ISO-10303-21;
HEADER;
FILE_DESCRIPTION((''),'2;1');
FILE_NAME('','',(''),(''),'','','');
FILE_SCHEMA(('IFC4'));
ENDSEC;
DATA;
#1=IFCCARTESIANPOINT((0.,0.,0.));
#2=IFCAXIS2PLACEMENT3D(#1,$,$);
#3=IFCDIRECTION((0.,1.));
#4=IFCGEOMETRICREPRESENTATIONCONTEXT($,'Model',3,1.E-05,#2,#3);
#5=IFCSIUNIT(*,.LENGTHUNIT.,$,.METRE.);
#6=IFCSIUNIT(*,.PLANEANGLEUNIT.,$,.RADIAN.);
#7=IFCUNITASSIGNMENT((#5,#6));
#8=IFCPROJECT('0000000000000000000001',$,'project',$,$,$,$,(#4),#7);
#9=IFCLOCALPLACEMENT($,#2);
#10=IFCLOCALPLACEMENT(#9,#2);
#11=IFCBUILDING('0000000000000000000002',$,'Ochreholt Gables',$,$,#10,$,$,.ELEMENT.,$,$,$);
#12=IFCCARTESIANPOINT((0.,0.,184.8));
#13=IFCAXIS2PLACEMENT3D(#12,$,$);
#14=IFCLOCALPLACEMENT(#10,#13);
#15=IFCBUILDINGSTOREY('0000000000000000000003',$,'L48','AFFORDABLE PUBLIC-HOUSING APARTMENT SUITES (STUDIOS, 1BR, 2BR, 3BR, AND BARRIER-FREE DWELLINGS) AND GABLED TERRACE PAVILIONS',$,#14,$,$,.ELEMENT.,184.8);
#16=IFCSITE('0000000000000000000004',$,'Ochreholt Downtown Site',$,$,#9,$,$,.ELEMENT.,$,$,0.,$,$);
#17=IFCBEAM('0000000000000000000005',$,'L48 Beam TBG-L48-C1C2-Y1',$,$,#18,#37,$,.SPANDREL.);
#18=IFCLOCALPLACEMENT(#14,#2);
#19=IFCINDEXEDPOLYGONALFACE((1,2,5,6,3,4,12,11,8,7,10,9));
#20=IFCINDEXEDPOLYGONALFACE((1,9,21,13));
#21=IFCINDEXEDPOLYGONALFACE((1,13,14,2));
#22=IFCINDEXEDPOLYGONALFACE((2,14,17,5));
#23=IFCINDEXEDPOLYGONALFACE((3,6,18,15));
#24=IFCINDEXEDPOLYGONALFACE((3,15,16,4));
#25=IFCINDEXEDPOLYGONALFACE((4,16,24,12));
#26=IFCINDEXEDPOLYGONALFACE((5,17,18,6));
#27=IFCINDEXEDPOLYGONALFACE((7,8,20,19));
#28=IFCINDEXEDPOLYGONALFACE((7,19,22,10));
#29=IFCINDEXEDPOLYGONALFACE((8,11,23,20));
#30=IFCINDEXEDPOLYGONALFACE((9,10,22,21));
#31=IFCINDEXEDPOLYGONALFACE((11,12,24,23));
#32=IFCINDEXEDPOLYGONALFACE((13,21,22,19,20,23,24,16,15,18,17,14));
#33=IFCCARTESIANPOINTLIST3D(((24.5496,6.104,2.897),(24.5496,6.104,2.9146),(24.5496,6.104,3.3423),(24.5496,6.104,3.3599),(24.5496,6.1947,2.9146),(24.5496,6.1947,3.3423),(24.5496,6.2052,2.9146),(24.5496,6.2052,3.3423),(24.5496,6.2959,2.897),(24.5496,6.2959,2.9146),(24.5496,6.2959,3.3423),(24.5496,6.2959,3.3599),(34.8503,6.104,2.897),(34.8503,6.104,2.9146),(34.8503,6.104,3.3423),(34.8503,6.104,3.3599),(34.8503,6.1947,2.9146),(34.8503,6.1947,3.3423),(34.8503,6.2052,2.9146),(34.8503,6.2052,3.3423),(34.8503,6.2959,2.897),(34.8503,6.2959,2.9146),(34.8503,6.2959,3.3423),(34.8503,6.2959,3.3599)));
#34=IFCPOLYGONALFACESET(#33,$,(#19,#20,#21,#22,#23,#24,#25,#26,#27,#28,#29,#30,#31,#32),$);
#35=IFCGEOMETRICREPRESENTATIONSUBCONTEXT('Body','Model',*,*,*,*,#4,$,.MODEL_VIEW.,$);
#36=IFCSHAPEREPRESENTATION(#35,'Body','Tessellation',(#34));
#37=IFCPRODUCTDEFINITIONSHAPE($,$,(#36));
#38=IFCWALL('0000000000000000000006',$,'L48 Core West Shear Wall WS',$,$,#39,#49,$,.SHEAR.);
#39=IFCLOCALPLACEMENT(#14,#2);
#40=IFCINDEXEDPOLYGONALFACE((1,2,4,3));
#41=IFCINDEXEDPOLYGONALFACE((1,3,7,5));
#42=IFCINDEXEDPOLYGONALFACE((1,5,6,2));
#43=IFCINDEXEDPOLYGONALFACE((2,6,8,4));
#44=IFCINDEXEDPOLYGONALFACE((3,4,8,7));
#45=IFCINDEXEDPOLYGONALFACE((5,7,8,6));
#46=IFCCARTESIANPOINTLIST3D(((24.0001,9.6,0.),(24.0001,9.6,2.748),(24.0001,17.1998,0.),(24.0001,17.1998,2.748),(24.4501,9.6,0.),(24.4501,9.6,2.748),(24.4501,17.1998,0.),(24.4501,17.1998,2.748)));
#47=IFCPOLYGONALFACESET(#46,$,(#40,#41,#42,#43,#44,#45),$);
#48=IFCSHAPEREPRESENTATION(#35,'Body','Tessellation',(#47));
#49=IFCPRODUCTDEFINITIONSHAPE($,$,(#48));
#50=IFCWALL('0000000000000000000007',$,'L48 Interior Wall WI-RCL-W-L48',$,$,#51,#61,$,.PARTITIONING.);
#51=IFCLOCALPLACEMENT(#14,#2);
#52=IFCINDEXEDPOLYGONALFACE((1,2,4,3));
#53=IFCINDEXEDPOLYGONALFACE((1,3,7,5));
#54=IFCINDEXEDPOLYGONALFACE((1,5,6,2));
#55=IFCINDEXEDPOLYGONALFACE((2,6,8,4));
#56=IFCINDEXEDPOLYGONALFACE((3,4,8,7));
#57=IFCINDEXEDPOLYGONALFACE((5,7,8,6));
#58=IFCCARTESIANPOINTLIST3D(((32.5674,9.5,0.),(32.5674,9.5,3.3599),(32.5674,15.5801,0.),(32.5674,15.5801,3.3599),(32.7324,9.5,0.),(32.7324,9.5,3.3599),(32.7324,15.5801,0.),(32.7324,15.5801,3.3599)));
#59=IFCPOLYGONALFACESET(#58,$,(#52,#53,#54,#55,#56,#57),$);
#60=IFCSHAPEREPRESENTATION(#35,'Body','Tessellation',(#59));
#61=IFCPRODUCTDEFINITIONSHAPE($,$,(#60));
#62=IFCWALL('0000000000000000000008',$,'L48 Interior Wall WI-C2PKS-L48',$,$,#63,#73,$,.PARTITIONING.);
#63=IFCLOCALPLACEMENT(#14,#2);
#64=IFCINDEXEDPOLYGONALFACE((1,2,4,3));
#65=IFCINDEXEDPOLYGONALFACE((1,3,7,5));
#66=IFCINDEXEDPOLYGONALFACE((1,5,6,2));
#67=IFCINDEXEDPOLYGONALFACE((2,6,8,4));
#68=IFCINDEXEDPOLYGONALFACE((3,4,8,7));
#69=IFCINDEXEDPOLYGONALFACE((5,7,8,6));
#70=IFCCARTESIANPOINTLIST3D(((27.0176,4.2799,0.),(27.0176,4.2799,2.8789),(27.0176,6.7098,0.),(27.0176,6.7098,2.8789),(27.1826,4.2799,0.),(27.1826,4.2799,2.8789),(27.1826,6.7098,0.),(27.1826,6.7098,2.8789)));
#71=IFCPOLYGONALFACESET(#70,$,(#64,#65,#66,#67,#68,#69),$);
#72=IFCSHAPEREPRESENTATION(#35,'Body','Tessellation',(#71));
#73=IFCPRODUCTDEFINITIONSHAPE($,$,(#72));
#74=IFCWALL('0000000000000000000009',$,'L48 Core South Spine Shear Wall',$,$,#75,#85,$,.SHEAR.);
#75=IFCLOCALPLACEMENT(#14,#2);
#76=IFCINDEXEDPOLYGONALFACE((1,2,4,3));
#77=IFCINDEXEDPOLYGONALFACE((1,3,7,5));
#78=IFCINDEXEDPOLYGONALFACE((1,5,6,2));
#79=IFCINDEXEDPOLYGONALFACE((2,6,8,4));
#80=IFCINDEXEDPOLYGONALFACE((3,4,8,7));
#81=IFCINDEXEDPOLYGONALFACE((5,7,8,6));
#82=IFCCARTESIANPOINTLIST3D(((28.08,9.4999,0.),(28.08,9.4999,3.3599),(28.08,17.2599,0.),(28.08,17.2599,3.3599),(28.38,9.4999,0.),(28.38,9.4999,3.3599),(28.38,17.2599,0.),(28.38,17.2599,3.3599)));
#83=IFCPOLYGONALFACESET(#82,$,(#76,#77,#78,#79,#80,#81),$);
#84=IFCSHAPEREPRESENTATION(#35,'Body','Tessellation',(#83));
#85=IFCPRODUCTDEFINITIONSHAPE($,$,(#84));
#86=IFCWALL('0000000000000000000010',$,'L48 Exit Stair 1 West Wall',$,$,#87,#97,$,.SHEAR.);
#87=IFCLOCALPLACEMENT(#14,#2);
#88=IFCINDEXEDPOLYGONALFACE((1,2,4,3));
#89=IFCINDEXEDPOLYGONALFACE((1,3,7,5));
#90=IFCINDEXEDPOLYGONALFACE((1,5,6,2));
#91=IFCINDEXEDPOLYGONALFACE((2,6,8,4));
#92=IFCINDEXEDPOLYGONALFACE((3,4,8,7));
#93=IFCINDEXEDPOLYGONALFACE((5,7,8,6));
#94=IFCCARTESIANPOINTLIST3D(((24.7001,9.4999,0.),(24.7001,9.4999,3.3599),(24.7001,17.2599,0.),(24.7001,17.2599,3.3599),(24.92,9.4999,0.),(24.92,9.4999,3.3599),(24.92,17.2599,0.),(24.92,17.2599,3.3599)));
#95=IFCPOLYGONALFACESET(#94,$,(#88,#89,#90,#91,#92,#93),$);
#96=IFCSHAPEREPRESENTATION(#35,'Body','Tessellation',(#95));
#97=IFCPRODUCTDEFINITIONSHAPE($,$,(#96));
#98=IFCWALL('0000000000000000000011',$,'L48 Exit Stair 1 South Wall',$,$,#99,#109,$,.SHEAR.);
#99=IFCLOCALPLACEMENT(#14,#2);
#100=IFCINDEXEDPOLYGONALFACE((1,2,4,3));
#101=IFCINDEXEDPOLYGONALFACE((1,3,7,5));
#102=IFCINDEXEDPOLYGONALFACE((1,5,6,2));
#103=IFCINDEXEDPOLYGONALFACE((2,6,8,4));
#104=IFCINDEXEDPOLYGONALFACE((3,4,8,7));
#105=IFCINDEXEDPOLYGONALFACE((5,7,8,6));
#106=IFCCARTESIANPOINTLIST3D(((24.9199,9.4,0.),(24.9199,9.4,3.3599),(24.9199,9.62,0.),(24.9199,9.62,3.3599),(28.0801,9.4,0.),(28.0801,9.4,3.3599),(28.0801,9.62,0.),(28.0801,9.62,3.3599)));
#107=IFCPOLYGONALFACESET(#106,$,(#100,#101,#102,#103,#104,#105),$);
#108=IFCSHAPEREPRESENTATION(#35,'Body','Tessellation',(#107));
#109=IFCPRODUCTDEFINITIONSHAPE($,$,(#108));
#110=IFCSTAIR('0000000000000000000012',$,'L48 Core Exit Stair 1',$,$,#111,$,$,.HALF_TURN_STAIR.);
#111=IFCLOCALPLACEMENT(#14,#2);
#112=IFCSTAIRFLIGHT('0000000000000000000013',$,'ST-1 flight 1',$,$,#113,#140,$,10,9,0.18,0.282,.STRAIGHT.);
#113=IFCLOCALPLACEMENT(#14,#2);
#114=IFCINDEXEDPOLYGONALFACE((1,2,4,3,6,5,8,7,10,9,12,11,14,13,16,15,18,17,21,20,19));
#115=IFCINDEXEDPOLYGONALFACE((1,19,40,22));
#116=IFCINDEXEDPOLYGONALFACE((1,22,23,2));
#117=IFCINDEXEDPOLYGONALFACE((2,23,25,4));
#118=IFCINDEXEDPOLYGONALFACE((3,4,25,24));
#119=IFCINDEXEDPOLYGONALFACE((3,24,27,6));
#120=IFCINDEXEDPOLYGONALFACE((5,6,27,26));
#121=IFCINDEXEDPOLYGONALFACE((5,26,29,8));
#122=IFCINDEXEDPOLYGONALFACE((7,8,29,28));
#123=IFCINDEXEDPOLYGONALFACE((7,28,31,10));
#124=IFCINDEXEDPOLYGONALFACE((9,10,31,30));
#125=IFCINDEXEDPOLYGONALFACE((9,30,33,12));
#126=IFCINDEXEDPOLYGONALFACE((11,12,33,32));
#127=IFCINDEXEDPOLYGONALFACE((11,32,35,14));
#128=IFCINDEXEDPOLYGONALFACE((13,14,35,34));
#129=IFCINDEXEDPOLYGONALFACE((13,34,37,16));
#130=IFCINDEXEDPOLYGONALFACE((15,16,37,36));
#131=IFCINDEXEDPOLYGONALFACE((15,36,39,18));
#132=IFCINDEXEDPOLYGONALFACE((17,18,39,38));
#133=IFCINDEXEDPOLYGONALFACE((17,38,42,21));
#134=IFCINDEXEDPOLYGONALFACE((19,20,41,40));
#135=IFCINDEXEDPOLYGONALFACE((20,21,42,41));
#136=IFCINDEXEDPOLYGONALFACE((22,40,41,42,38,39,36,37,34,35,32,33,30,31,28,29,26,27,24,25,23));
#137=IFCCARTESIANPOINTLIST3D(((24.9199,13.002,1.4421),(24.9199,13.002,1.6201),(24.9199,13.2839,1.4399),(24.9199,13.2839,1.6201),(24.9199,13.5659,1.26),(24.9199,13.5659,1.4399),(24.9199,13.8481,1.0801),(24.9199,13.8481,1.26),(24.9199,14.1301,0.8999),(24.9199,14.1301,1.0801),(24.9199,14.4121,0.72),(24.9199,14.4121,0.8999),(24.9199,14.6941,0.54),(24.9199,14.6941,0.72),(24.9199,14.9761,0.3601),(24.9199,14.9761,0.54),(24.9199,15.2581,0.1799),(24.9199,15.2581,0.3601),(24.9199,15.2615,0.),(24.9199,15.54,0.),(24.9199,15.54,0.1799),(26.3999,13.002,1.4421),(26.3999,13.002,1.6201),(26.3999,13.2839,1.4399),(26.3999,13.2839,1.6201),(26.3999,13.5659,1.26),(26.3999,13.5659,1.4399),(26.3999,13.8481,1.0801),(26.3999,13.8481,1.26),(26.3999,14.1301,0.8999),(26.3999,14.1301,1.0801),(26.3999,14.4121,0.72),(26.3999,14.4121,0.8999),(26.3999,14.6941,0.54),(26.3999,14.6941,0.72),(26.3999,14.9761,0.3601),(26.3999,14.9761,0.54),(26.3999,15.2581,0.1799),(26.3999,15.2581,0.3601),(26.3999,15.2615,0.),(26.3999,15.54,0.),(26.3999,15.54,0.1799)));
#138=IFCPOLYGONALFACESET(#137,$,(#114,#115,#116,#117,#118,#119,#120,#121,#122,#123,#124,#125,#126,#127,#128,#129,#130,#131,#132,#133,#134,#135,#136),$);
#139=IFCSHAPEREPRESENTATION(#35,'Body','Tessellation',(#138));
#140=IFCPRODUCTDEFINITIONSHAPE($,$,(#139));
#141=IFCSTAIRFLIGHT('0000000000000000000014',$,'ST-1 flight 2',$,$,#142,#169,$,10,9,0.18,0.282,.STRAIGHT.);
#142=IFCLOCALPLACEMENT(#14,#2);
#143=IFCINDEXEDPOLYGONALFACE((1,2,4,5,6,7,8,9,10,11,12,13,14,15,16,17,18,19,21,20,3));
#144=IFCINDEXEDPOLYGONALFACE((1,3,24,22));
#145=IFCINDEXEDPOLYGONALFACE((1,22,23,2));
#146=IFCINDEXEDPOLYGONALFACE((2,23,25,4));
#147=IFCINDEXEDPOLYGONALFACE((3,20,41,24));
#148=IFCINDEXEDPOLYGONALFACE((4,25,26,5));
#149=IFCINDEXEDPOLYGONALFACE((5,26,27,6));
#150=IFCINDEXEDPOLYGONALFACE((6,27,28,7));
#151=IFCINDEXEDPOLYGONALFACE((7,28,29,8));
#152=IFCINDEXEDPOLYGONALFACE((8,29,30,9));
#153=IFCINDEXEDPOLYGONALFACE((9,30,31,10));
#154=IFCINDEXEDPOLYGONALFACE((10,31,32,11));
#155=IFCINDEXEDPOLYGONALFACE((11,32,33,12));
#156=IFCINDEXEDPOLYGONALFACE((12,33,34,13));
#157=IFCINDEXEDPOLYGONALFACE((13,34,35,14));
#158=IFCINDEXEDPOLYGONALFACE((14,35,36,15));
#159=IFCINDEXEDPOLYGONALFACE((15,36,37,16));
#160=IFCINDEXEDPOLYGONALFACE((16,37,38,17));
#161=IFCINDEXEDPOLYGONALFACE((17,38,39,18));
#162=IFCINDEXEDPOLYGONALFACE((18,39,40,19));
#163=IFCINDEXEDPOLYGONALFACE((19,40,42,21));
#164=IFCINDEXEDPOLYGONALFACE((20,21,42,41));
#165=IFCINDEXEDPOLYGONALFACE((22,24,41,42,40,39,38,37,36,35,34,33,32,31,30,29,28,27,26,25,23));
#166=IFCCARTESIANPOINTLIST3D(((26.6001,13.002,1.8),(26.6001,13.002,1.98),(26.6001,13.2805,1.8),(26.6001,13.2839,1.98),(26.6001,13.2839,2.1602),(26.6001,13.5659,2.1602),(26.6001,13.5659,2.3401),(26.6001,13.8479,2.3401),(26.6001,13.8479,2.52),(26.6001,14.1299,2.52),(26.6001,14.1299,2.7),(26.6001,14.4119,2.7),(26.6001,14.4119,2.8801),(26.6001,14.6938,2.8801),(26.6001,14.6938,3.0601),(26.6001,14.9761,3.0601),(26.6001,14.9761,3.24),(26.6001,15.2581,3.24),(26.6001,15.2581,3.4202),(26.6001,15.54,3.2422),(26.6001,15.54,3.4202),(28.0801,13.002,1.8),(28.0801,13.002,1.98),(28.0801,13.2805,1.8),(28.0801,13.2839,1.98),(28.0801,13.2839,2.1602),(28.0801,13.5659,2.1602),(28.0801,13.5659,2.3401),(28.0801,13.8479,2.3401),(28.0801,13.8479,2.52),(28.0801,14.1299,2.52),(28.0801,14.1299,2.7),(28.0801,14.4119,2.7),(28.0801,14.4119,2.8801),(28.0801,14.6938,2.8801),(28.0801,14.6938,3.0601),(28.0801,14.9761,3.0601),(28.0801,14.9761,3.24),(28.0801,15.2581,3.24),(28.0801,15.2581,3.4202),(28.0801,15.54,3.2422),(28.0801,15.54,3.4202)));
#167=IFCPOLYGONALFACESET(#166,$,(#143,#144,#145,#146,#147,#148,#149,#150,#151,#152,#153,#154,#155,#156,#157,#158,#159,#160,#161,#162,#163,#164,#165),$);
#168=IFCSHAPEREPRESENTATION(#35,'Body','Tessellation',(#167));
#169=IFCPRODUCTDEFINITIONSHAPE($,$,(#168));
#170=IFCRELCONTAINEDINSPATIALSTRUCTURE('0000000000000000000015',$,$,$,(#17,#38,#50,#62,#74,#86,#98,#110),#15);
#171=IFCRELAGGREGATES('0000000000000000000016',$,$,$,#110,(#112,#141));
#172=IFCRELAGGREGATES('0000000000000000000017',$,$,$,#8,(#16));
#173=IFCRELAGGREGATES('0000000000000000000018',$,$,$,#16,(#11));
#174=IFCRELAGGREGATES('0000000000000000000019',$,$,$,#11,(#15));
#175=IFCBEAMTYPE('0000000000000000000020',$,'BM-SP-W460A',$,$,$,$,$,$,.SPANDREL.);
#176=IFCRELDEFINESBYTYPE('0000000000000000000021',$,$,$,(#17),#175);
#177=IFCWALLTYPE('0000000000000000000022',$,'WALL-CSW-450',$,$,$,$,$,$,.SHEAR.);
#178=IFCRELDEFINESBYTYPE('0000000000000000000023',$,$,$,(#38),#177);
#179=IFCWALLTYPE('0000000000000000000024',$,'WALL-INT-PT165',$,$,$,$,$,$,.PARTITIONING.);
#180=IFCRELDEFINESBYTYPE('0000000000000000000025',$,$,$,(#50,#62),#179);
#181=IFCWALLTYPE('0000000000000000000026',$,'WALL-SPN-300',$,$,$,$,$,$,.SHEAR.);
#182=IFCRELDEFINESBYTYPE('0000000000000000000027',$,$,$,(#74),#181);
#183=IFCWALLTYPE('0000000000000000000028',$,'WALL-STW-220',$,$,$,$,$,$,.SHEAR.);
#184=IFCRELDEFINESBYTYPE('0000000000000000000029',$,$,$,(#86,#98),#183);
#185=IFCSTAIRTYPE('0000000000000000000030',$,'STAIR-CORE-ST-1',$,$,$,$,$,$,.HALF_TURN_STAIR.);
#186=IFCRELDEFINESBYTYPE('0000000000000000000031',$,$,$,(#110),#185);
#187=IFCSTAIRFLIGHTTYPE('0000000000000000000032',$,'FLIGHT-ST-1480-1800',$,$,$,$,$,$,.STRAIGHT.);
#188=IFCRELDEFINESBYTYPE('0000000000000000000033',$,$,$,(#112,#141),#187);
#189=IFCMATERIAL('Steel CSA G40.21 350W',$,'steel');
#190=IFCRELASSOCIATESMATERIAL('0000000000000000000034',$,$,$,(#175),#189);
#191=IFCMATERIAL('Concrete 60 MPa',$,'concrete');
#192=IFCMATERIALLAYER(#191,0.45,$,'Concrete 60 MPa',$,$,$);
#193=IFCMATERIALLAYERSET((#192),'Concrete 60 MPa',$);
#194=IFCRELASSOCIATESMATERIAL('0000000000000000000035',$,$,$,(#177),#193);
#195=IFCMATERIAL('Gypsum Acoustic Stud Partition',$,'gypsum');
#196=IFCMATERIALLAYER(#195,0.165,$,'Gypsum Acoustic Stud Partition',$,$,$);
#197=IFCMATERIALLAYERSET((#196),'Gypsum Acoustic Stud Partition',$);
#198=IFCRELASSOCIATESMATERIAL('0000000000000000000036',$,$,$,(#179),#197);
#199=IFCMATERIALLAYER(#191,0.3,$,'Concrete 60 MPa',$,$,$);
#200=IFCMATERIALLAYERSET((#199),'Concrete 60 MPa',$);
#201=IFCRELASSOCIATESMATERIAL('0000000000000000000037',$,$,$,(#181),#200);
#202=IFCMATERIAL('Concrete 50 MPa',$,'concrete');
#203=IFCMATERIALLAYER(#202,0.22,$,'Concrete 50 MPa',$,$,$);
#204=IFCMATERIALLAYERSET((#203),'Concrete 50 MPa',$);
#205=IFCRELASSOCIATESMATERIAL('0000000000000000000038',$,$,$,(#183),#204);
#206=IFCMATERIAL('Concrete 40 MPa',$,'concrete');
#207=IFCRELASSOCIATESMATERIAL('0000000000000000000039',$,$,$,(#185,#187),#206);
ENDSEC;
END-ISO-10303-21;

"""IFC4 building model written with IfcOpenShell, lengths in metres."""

from ifc_helpers import new_model, si_unit, direction, frame, frame_2d, origin, origin_2d, place, context, subcontext, project, spatial, polyline, rectangle, i_section, outline, extrude, material, layer, layer_set, material_profile, profile_set, type_object, element, aggregate, save


model = new_model("IFC4")

# Units and contexts
model_context = context("Model", 3, precision=1e-05, world=origin(), true_north=direction((0.0, 1.0)))
body_context = subcontext(model_context, "Body", "Model", "MODEL_VIEW")
ifc_project = project(units=[si_unit("LENGTHUNIT", "METRE"), si_unit("PLANEANGLEUNIT", "RADIAN")], contexts=[model_context])

# Site, building, storey
site_placement = place(None, origin())
site = spatial("IfcSite", under=ifc_project, at=site_placement, Name="Ochreholt Downtown Site", CompositionType="ELEMENT", RefElevation=0.0)
building_placement = place(site_placement, origin())
building = spatial("IfcBuilding", under=site, at=building_placement, Name="Ochreholt Gables", CompositionType="ELEMENT")
storey_placement = place(building_placement, frame((0.0, 0.0, 184.8)))
storey = spatial("IfcBuildingStorey", under=building, at=storey_placement, Name="L48", Description="AFFORDABLE PUBLIC-HOUSING APARTMENT SUITES (STUDIOS, 1BR, 2BR, 3BR, AND BARRIER-FREE DWELLINGS) AND GABLED TERRACE PAVILIONS", CompositionType="ELEMENT", Elevation=184.8)

# Beam
ifc_material_1 = material(Name="Steel CSA G40.21 350W", Category="steel")
ifc_material_profile = material_profile(ifc_material_1, i_section(OverallWidth=0.1919, OverallDepth=0.4629, WebThickness=0.0105, FlangeThickness=0.0176, at=origin_2d()), Name="W460X89")
ifc_profile_set = profile_set([ifc_material_profile], Name="Steel CSA G40.21 350W")
beam_type = type_object("IfcBeamType", Name="BM-SP-W460A", PredefinedType="SPANDREL", material=ifc_profile_set)
beam_placement = place(storey_placement, frame((24.5496, 6.2, 3.1284), z_axis=(1.0, 0.0, 0.0), x_axis=(0.0, 1.0, 0.0)))
element("IfcBeam", 1, at=beam_placement, inside=storey, type_object=beam_type, Name="L48 Beam TBG-L48-C1C2-Y1", PredefinedType="SPANDREL", context=body_context, shape_type="SweptSolid", body=[
    extrude(i_section(OverallWidth=0.1919, OverallDepth=0.4629, WebThickness=0.0105, FlangeThickness=0.0176, at=origin_2d()), origin(), (0.0, 0.0, 1.0), 10.3008),
])

# Shared definitions
ifc_material_2 = material(Name="Concrete 50 MPa", Category="concrete")

# Walls
ifc_material_3 = material(Name="Concrete 60 MPa", Category="concrete")
ifc_layer_1 = layer(ifc_material_3, 0.45, Name="Concrete 60 MPa")
ifc_layer_set_1 = layer_set([ifc_layer_1], Name="Concrete 60 MPa")
wall_type_1 = type_object("IfcWallType", Name="WALL-CSW-450", PredefinedType="SHEAR", material=ifc_layer_set_1)
wall_1_placement = place(storey_placement, frame((24.2251, 9.6001, 0.0), z_axis=(0.0, 0.0, 1.0), x_axis=(0.0, 1.0, 0.0)))
element("IfcWall", 2, at=wall_1_placement, inside=storey, type_object=wall_type_1, Name="L48 Core West Shear Wall WS", PredefinedType="SHEAR", context=body_context, shape_type="SweptSolid", body=[
    extrude(rectangle(XDim=7.5999, YDim=0.45, at=frame_2d((3.7998, 0.0))), origin(), (0.0, 0.0, 1.0), 2.748),
])
ifc_material_4 = material(Name="Gypsum Acoustic Stud Partition", Category="gypsum")
ifc_layer_2 = layer(ifc_material_4, 0.165, Name="Gypsum Acoustic Stud Partition")
ifc_layer_set_2 = layer_set([ifc_layer_2], Name="Gypsum Acoustic Stud Partition")
wall_type_2 = type_object("IfcWallType", Name="WALL-INT-PT165", PredefinedType="PARTITIONING", material=ifc_layer_set_2)
wall_2_placement = place(storey_placement, frame((32.6499, 9.5, 0.0), z_axis=(0.0, 0.0, 1.0), x_axis=(0.0, 1.0, 0.0)))
element("IfcWall", 3, at=wall_2_placement, inside=storey, type_object=wall_type_2, Name="L48 Interior Wall WI-RCL-W-L48", PredefinedType="PARTITIONING", context=body_context, shape_type="SweptSolid", body=[
    extrude(rectangle(XDim=6.0801, YDim=0.165, at=frame_2d((3.04, 0.0))), origin(), (0.0, 0.0, 1.0), 3.3599),
])
wall_3_placement = place(storey_placement, frame((27.1001, 4.28, 0.0), z_axis=(0.0, 0.0, 1.0), x_axis=(0.0, 1.0, 0.0)))
element("IfcWall", 4, at=wall_3_placement, inside=storey, type_object=wall_type_2, Name="L48 Interior Wall WI-C2PKS-L48", PredefinedType="PARTITIONING", context=body_context, shape_type="SweptSolid", body=[
    extrude(rectangle(XDim=2.4299, YDim=0.165, at=frame_2d((1.2148, 0.0))), origin(), (0.0, 0.0, 1.0), 2.8789),
])
ifc_layer_3 = layer(ifc_material_3, 0.3, Name="Concrete 60 MPa")
ifc_layer_set_3 = layer_set([ifc_layer_3], Name="Concrete 60 MPa")
wall_type_3 = type_object("IfcWallType", Name="WALL-SPN-300", PredefinedType="SHEAR", material=ifc_layer_set_3)
wall_4_placement = place(storey_placement, frame((28.23, 9.5, 0.0), z_axis=(0.0, 0.0, 1.0), x_axis=(0.0, 1.0, 0.0)))
element("IfcWall", 5, at=wall_4_placement, inside=storey, type_object=wall_type_3, Name="L48 Core South Spine Shear Wall", PredefinedType="SHEAR", context=body_context, shape_type="SweptSolid", body=[
    extrude(rectangle(XDim=7.76, YDim=0.3, at=frame_2d((3.8799, 0.0))), origin(), (0.0, 0.0, 1.0), 3.3599),
])
ifc_layer_4 = layer(ifc_material_2, 0.22, Name="Concrete 50 MPa")
ifc_layer_set_4 = layer_set([ifc_layer_4], Name="Concrete 50 MPa")
wall_type_4 = type_object("IfcWallType", Name="WALL-STW-220", PredefinedType="SHEAR", material=ifc_layer_set_4)
wall_5_placement = place(storey_placement, frame((24.8101, 9.5, 0.0), z_axis=(0.0, 0.0, 1.0), x_axis=(0.0, 1.0, 0.0)))
element("IfcWall", 6, at=wall_5_placement, inside=storey, type_object=wall_type_4, Name="L48 Exit Stair 1 West Wall", PredefinedType="SHEAR", context=body_context, shape_type="SweptSolid", body=[
    extrude(rectangle(XDim=7.76, YDim=0.22, at=frame_2d((3.8799, 0.0))), origin(), (0.0, 0.0, 1.0), 3.3599),
])
wall_6_placement = place(storey_placement, frame((24.9199, 9.51, 0.0), z_axis=(0.0, 0.0, 1.0), x_axis=(1.0, 0.0, 0.0)))
element("IfcWall", 7, at=wall_6_placement, inside=storey, type_object=wall_type_4, Name="L48 Exit Stair 1 South Wall", PredefinedType="SHEAR", context=body_context, shape_type="SweptSolid", body=[
    extrude(rectangle(XDim=3.1602, YDim=0.22, at=frame_2d((1.5801, 0.0))), origin(), (0.0, 0.0, 1.0), 3.3599),
])

# Stair, stair flights
ifc_material_5 = material(Name="Concrete 40 MPa", Category="concrete")
stair_type = type_object("IfcStairType", Name="STAIR-CORE-ST-1", PredefinedType="HALF_TURN_STAIR", material=ifc_material_5)
stair_placement = place(storey_placement, origin())
stair = element("IfcStair", 8, at=stair_placement, inside=storey, type_object=stair_type, Name="L48 Core Exit Stair 1", PredefinedType="HALF_TURN_STAIR")
stair_flight_type = type_object("IfcStairFlightType", Name="FLIGHT-ST-1480-1800", PredefinedType="STRAIGHT", material=ifc_material_5)
stair_flight_1_placement = place(storey_placement, frame((25.6599, 15.54, 0.0), z_axis=(0.0, 0.0, 1.0), x_axis=(0.0, -1.0, 0.0)))
stair_flight_1 = element("IfcStairFlight", 9, at=stair_flight_1_placement, type_object=stair_flight_type, Name="ST-1 flight 1", NumberOfRisers=10, NumberOfTreads=9, PredefinedType="STRAIGHT", RiserHeight=0.18, TreadLength=0.282, context=body_context, shape_type="SweptSolid", body=[
    extrude(outline(polyline([(0.0, 0.0), (0.0, 0.1799), (0.282, 0.1799), (0.282, 0.3601), (0.564, 0.3601), (0.564, 0.54), (0.8459, 0.54), (0.8459, 0.72), (1.1279, 0.72), (1.1279, 0.8999), (1.4099, 0.8999), (1.4099, 1.0801), (1.6919, 1.0801), (1.6919, 1.26), (1.9741, 1.26), (1.9741, 1.4399), (2.2561, 1.4399), (2.2561, 1.6201), (2.5381, 1.6201), (2.5381, 1.8), (2.5381, 1.4421), (0.2786, 0.0), (0.0, 0.0)])), frame((0.0, 0.74, 0.0), z_axis=(0.0, -1.0, 0.0), x_axis=(1.0, 0.0, 0.0)), (0.0, 0.0, 1.0), 1.48),
])
stair_flight_2_placement = place(storey_placement, frame((27.3401, 13.002, 1.8), z_axis=(0.0, 0.0, 1.0), x_axis=(0.0, 1.0, 0.0)))
stair_flight_2 = element("IfcStairFlight", 10, at=stair_flight_2_placement, type_object=stair_flight_type, Name="ST-1 flight 2", NumberOfRisers=10, NumberOfTreads=9, PredefinedType="STRAIGHT", RiserHeight=0.18, TreadLength=0.282, context=body_context, shape_type="SweptSolid", body=[
    extrude(outline(polyline([(0.0, 0.0), (0.0, 0.1799), (0.282, 0.1799), (0.282, 0.3601), (0.564, 0.3601), (0.564, 0.54), (0.8459, 0.54), (0.8459, 0.72), (1.1279, 0.72), (1.1279, 0.8999), (1.4099, 0.8999), (1.4099, 1.0801), (1.6919, 1.0801), (1.6919, 1.26), (1.9741, 1.26), (1.9741, 1.4399), (2.2561, 1.4399), (2.2561, 1.6201), (2.5381, 1.6201), (2.5381, 1.8), (2.5381, 1.4421), (0.2786, 0.0), (0.0, 0.0)])), frame((0.0, 0.74, 0.0), z_axis=(0.0, -1.0, 0.0), x_axis=(1.0, 0.0, 0.0)), (0.0, 0.0, 1.0), 1.48),
])
aggregate(stair, [stair_flight_1, stair_flight_2])

save(model, "model.ifc")
